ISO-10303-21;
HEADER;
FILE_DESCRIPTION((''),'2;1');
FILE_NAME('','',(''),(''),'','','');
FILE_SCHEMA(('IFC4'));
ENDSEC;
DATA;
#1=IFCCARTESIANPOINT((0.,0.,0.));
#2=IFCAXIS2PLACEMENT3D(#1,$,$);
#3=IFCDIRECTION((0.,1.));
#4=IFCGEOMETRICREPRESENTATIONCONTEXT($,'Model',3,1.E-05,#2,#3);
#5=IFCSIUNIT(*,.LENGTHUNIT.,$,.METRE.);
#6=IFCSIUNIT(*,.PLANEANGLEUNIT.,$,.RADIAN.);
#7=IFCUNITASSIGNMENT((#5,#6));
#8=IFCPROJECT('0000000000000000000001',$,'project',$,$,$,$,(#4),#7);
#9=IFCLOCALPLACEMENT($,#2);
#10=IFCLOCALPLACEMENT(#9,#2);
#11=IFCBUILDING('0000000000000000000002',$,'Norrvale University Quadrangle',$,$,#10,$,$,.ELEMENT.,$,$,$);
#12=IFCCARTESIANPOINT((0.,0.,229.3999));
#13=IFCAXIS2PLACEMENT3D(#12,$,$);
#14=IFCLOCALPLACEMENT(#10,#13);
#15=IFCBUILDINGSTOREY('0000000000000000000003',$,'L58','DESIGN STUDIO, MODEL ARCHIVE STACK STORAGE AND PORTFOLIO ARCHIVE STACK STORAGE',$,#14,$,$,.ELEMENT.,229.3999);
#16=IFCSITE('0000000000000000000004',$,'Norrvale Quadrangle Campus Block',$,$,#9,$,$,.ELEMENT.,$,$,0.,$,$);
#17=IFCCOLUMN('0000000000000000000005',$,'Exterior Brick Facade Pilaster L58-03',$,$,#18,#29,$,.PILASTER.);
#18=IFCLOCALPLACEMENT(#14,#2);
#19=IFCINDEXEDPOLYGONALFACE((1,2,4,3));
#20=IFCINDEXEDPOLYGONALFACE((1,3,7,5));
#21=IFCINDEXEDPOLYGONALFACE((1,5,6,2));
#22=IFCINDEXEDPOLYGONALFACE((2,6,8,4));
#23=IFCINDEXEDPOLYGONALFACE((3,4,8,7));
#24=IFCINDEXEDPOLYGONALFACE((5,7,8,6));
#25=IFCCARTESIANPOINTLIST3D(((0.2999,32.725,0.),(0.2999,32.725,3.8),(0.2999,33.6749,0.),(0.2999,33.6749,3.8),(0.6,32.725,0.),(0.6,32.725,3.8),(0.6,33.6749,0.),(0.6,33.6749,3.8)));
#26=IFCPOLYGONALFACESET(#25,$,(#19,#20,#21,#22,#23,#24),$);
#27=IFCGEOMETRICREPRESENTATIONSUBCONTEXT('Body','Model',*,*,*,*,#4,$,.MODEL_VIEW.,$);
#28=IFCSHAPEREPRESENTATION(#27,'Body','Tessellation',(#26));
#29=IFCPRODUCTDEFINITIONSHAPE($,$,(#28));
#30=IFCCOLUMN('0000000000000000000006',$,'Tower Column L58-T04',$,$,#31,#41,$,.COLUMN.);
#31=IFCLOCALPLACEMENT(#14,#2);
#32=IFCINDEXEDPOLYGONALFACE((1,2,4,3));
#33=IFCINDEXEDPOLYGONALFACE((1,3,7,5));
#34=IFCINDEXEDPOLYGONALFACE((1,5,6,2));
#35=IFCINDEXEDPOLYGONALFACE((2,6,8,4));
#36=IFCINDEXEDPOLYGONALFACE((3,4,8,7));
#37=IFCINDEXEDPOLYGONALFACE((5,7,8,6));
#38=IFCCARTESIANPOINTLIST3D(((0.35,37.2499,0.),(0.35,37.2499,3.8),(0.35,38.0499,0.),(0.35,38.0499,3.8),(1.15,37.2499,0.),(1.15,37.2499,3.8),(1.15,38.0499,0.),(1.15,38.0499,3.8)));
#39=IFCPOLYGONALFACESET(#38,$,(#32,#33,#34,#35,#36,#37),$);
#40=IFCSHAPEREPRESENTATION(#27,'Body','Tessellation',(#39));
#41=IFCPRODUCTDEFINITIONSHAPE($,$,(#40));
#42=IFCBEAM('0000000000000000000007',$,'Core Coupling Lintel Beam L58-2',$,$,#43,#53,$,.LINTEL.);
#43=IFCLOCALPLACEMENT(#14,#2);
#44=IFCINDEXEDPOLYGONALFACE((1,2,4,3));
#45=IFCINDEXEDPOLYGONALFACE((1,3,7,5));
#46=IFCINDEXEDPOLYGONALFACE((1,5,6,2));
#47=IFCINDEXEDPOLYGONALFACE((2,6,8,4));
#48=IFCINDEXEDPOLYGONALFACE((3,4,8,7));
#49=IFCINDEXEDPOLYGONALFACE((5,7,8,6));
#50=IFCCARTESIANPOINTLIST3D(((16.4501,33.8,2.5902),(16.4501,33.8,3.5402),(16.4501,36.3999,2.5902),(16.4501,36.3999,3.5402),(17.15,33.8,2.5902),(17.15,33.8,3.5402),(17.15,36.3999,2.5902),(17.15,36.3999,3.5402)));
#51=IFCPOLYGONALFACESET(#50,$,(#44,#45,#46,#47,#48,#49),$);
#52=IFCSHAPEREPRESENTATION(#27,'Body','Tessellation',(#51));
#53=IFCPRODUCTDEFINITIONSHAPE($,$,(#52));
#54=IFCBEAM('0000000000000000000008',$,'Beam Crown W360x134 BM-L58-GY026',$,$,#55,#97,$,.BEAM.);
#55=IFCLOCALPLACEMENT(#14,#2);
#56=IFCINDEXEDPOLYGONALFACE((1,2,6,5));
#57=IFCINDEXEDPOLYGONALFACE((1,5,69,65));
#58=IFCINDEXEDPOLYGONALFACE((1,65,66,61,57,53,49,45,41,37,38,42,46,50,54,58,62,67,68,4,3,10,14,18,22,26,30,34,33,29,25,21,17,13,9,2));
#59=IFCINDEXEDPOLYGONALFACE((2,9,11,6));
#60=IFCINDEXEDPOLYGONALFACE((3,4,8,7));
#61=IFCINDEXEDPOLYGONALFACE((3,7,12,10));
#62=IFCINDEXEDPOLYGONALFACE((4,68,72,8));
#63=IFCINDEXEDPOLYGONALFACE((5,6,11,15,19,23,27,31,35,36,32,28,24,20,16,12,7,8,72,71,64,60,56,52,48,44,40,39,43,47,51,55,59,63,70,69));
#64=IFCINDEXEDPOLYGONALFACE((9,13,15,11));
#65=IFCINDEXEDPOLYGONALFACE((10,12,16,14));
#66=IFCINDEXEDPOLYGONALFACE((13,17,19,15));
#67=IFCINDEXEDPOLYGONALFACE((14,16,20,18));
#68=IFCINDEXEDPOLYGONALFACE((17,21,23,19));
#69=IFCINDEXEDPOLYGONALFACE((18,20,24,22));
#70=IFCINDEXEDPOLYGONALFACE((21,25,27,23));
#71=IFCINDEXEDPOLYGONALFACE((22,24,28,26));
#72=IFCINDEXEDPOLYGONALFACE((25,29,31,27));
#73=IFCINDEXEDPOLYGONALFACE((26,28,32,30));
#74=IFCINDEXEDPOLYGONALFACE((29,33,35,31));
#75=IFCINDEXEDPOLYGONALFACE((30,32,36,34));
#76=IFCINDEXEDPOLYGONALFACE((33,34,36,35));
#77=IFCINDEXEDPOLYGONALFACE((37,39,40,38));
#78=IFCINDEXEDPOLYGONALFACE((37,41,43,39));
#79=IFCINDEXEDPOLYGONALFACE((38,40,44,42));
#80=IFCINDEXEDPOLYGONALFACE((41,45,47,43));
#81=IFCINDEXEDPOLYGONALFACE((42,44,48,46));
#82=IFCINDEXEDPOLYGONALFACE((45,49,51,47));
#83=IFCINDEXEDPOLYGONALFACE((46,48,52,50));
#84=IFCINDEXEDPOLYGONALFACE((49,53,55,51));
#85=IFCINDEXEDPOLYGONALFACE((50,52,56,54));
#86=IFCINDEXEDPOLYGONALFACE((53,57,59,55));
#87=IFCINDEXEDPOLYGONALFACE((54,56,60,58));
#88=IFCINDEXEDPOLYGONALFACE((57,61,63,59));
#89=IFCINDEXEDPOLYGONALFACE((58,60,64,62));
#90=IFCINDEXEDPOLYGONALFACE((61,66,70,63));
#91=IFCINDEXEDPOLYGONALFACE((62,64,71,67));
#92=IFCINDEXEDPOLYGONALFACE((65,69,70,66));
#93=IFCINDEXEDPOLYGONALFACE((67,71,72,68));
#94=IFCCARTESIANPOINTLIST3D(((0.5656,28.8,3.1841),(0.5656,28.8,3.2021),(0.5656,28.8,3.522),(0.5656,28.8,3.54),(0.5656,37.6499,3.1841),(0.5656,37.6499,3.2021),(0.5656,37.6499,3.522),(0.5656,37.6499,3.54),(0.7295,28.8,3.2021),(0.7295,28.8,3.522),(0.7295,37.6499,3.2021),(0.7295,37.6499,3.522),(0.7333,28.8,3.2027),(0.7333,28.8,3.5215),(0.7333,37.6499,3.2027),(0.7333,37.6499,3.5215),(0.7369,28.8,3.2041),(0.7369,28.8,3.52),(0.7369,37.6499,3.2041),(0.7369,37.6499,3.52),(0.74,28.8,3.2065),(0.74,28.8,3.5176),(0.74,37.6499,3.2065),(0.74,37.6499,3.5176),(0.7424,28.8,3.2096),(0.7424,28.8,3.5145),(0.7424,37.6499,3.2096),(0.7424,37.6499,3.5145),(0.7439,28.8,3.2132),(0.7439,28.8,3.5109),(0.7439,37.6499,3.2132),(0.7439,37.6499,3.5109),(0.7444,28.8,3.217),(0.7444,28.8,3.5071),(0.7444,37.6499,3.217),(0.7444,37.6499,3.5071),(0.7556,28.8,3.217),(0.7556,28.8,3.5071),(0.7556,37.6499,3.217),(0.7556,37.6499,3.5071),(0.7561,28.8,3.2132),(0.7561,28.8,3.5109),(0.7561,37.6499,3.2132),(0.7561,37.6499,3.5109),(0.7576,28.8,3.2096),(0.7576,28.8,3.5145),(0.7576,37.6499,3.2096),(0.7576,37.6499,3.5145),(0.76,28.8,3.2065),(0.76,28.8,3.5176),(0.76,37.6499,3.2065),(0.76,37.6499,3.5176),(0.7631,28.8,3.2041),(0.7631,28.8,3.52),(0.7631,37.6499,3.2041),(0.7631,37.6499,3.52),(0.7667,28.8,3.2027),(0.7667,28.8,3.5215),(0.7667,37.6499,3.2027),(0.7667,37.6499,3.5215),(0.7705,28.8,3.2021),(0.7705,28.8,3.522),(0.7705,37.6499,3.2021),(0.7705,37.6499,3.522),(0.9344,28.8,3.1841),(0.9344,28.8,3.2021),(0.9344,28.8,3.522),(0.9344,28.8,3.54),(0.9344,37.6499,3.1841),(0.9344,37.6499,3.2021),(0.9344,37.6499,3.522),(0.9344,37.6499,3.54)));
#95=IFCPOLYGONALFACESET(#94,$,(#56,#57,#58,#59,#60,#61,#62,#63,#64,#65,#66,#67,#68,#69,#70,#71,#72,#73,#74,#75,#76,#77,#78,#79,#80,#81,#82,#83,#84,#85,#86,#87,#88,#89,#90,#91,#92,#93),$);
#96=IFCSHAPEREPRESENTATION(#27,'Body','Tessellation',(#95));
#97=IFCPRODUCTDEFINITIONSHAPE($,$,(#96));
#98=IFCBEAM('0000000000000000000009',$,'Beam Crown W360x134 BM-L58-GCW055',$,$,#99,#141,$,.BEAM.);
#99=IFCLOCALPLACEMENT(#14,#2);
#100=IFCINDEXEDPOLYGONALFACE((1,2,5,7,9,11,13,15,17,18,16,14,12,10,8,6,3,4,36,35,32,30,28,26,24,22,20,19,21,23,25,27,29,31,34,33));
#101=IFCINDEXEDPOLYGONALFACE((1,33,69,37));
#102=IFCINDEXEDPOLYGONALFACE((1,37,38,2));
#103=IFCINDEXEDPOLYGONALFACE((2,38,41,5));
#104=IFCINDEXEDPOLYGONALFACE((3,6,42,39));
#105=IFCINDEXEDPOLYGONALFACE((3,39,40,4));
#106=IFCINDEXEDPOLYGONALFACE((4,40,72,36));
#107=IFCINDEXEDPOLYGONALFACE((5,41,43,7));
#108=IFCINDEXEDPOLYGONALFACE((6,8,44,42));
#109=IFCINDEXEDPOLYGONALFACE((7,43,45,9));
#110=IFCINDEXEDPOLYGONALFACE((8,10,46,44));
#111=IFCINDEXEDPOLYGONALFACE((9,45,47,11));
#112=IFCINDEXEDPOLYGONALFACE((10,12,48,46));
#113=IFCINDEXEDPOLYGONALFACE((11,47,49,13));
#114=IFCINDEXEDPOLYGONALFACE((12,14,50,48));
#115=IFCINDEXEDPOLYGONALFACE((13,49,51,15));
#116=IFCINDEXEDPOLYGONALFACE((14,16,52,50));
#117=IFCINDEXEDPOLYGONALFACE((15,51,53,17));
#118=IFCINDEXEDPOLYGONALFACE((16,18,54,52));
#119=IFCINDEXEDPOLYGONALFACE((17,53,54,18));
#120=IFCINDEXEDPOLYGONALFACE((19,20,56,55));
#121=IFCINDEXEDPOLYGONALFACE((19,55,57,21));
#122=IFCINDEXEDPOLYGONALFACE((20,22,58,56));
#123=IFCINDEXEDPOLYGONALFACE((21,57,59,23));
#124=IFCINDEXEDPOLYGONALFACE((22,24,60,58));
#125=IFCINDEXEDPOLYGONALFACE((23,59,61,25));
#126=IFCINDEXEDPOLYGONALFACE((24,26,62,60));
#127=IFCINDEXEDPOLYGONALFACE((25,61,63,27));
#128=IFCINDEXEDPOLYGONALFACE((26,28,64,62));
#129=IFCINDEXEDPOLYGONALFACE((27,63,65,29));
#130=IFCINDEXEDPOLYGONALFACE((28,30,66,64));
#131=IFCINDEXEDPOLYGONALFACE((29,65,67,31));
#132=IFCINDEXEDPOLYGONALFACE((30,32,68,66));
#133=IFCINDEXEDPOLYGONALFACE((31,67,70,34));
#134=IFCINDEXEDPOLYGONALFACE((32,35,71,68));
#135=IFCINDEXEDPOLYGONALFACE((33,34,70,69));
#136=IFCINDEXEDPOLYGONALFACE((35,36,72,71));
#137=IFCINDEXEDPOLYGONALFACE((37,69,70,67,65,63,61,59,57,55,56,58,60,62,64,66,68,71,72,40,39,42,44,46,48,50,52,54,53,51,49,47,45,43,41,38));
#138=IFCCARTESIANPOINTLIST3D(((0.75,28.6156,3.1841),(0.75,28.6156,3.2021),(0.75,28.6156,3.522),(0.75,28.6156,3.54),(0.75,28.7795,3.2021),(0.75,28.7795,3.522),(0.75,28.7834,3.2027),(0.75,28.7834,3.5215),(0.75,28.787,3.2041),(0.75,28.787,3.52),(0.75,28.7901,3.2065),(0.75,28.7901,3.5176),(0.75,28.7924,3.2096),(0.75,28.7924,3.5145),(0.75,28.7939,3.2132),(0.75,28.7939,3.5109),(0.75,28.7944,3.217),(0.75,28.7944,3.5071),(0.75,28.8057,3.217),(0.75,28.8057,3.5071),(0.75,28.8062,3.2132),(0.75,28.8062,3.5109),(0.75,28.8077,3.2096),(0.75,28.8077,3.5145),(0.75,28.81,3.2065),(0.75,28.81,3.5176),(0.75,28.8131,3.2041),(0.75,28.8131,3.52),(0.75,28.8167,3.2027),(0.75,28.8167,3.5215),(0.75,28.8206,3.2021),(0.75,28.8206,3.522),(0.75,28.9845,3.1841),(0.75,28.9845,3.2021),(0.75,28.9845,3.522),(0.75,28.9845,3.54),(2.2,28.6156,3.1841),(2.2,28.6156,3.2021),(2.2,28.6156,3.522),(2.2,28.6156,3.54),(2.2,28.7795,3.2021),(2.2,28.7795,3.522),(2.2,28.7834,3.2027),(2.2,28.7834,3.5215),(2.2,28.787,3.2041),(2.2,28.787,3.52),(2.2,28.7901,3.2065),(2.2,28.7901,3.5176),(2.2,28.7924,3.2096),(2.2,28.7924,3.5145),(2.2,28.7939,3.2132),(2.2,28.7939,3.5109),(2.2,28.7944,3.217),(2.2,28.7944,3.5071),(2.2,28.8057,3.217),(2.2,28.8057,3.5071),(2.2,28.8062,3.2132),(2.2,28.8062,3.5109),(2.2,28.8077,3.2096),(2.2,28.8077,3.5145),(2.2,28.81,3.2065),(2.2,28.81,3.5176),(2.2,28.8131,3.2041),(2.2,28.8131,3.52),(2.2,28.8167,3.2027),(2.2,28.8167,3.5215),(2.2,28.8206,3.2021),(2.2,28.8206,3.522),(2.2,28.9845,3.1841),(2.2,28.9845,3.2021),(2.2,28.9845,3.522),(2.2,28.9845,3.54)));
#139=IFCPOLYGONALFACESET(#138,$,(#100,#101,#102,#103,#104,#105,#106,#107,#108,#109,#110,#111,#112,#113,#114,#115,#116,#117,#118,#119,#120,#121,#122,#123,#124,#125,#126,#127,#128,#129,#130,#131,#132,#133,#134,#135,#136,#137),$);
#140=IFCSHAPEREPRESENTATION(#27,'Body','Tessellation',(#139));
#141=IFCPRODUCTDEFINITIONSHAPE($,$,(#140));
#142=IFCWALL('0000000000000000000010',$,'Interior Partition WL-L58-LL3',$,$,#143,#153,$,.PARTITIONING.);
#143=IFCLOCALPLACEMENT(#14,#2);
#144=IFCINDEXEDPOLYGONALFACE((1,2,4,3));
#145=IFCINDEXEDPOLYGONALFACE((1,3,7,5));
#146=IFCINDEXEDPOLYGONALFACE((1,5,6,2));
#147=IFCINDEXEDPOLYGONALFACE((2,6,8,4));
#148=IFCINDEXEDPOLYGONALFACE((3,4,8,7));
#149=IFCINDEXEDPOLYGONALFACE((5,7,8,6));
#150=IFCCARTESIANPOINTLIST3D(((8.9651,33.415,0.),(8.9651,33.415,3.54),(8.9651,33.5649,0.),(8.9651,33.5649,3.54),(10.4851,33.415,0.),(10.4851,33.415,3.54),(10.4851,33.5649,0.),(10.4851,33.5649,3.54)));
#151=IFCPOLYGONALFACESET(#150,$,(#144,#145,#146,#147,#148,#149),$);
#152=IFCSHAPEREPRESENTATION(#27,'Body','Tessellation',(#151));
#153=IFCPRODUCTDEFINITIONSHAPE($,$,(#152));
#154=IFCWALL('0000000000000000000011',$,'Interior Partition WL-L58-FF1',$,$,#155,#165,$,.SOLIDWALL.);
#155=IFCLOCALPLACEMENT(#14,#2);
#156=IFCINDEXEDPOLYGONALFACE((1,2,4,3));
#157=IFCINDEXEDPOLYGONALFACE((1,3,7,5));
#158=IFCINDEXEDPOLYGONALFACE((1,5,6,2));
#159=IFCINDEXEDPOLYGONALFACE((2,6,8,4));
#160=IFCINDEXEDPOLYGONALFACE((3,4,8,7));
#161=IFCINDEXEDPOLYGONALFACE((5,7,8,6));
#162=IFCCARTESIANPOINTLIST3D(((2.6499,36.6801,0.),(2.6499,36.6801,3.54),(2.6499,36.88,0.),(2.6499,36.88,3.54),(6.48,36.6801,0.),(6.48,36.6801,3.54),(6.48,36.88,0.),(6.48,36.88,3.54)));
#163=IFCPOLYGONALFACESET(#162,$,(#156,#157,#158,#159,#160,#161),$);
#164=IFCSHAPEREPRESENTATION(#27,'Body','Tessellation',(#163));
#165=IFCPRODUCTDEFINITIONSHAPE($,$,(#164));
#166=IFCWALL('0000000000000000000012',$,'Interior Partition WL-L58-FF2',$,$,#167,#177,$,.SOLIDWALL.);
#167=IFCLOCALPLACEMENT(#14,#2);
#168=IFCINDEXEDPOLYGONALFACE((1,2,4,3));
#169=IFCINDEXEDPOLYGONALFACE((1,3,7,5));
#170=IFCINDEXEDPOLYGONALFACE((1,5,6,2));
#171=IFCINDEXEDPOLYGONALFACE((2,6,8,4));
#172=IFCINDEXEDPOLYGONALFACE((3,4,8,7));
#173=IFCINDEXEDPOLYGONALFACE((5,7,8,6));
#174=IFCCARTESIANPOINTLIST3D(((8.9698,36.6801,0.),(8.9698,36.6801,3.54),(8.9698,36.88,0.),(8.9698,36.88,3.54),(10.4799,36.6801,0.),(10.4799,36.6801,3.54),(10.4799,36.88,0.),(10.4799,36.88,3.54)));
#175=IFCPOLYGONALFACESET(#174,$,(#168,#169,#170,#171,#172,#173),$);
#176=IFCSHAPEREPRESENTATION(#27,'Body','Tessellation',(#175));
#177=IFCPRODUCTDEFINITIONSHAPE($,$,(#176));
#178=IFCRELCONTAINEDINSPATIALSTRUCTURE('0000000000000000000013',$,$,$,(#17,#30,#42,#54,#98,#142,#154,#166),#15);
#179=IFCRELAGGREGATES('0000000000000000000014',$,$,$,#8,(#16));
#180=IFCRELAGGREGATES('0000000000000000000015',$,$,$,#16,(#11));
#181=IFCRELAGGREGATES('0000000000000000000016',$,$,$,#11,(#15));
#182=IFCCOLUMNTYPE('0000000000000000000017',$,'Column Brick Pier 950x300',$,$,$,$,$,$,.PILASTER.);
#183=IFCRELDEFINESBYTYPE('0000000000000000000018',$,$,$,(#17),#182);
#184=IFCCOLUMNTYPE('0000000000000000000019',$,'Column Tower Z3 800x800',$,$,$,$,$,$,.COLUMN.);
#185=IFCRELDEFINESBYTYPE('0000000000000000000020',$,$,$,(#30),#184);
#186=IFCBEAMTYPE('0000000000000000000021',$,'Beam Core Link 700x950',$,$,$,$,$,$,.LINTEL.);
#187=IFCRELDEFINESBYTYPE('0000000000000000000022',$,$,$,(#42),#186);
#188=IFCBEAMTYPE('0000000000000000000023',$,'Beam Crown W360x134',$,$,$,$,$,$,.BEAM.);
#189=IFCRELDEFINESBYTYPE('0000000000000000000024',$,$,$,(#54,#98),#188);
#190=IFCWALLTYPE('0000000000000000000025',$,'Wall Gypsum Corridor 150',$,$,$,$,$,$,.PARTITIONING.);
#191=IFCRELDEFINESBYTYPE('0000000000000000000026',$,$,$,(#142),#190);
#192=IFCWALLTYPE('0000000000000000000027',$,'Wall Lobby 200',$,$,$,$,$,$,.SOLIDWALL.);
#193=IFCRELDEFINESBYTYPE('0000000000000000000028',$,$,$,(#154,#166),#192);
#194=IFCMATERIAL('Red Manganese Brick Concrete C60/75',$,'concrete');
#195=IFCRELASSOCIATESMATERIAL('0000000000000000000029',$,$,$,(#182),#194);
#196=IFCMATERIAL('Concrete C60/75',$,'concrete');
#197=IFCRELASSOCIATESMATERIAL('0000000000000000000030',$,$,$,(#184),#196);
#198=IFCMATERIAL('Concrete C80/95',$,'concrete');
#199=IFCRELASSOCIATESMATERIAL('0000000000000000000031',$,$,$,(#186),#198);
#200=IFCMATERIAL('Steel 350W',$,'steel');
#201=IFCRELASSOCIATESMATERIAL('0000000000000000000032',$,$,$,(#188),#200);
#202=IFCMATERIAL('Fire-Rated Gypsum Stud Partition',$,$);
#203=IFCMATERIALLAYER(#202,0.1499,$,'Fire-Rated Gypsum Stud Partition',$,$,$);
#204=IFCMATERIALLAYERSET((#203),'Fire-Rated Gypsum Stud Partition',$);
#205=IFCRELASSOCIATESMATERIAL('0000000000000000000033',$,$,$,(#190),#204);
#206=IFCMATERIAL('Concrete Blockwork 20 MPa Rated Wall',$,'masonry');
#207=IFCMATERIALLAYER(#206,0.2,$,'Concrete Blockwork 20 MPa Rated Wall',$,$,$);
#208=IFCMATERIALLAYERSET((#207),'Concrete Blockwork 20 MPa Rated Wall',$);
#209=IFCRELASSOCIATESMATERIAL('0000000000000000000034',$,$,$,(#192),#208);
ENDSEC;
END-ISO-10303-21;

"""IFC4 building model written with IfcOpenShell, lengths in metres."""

from ifc_helpers import new_model, si_unit, direction, frame, frame_2d, origin, origin_2d, place, context, subcontext, project, spatial, rectangle, i_section, extrude, material, layer, layer_set, material_profile, profile_set, type_object, element, save


model = new_model("IFC4")

# Units and contexts
model_context = context("Model", 3, precision=1e-05, world=origin(), true_north=direction((0.0, 1.0)))
body_context = subcontext(model_context, "Body", "Model", "MODEL_VIEW")
ifc_project = project(units=[si_unit("LENGTHUNIT", "METRE"), si_unit("PLANEANGLEUNIT", "RADIAN")], contexts=[model_context])

# Site, building, storey
site_placement = place(None, origin())
site = spatial("IfcSite", under=ifc_project, at=site_placement, Name="Norrvale Quadrangle Campus Block", CompositionType="ELEMENT", RefElevation=0.0)
building_placement = place(site_placement, origin())
building = spatial("IfcBuilding", under=site, at=building_placement, Name="Norrvale University Quadrangle", CompositionType="ELEMENT")
storey_placement = place(building_placement, frame((0.0, 0.0, 229.3999)))
storey = spatial("IfcBuildingStorey", under=building, at=storey_placement, Name="L58", Description="DESIGN STUDIO, MODEL ARCHIVE STACK STORAGE AND PORTFOLIO ARCHIVE STACK STORAGE", CompositionType="ELEMENT", Elevation=229.3999)

# Columns
ifc_material_1 = material(Name="Red Manganese Brick Concrete C60/75", Category="concrete")
ifc_material_profile_1 = material_profile(ifc_material_1, rectangle(XDim=0.95, YDim=0.3, at=origin_2d()), Name="Red Manganese Brick Concrete C60/75")
ifc_profile_set_1 = profile_set([ifc_material_profile_1], Name="Red Manganese Brick Concrete C60/75")
column_type_1 = type_object("IfcColumnType", Name="Column Brick Pier 950x300", PredefinedType="PILASTER", material=ifc_profile_set_1)
column_1_placement = place(storey_placement, frame((0.45, 33.2, 0.0), z_axis=(0.0, 0.0, 1.0), x_axis=(0.0, 1.0, 0.0)))
element("IfcColumn", 1, at=column_1_placement, inside=storey, type_object=column_type_1, Name="Exterior Brick Facade Pilaster L58-03", PredefinedType="PILASTER", context=body_context, shape_type="SweptSolid", body=[
    extrude(rectangle(XDim=0.95, YDim=0.3, at=origin_2d()), origin(), (0.0, 0.0, 1.0), 3.8),
])
ifc_material_2 = material(Name="Concrete C60/75", Category="concrete")
ifc_material_profile_2 = material_profile(ifc_material_2, rectangle(XDim=0.8, YDim=0.8, at=origin_2d()), Name="Concrete C60/75")
ifc_profile_set_2 = profile_set([ifc_material_profile_2], Name="Concrete C60/75")
column_type_2 = type_object("IfcColumnType", Name="Column Tower Z3 800x800", PredefinedType="COLUMN", material=ifc_profile_set_2)
column_2_placement = place(storey_placement, frame((0.75, 37.6499, 0.0), z_axis=(0.0, 0.0, 1.0), x_axis=(1.0, 0.0, 0.0)))
element("IfcColumn", 2, at=column_2_placement, inside=storey, type_object=column_type_2, Name="Tower Column L58-T04", PredefinedType="COLUMN", context=body_context, shape_type="SweptSolid", body=[
    extrude(rectangle(XDim=0.8, YDim=0.8, at=origin_2d()), origin(), (0.0, 0.0, 1.0), 3.8),
])

# Beams
ifc_material_3 = material(Name="Concrete C80/95", Category="concrete")
ifc_material_profile_3 = material_profile(ifc_material_3, rectangle(XDim=0.7, YDim=0.95, at=origin_2d()), Name="Concrete C80/95")
ifc_profile_set_3 = profile_set([ifc_material_profile_3], Name="Concrete C80/95")
beam_type_1 = type_object("IfcBeamType", Name="Beam Core Link 700x950", PredefinedType="LINTEL", material=ifc_profile_set_3)
beam_1_placement = place(storey_placement, frame((16.8, 33.8, 3.0652), z_axis=(0.0, 1.0, 0.0), x_axis=(-1.0, 0.0, 0.0)))
element("IfcBeam", 3, at=beam_1_placement, inside=storey, type_object=beam_type_1, Name="Core Coupling Lintel Beam L58-2", PredefinedType="LINTEL", context=body_context, shape_type="SweptSolid", body=[
    extrude(rectangle(XDim=0.7, YDim=0.95, at=origin_2d()), origin(), (0.0, 0.0, 1.0), 2.5999),
])
ifc_material_4 = material(Name="Steel 350W", Category="steel")
ifc_material_profile_4 = material_profile(ifc_material_4, i_section(OverallWidth=0.3689, OverallDepth=0.356, WebThickness=0.0112, FlangeThickness=0.0181, FilletRadius=0.0149, at=origin_2d()), Name="Steel 350W")
ifc_profile_set_4 = profile_set([ifc_material_profile_4], Name="Steel 350W")
beam_type_2 = type_object("IfcBeamType", Name="Beam Crown W360x134", PredefinedType="BEAM", material=ifc_profile_set_4)
beam_2_placement = place(storey_placement, frame((0.75, 28.8, 3.3621), z_axis=(0.0, 1.0, 0.0), x_axis=(-1.0, 0.0, 0.0)))
element("IfcBeam", 4, at=beam_2_placement, inside=storey, type_object=beam_type_2, Name="Beam Crown W360x134 BM-L58-GY026", PredefinedType="BEAM", context=body_context, shape_type="SweptSolid", body=[
    extrude(i_section(OverallWidth=0.3689, OverallDepth=0.356, WebThickness=0.0112, FlangeThickness=0.0181, FilletRadius=0.0149, at=origin_2d()), origin(), (0.0, 0.0, 1.0), 8.8499),
])
beam_3_placement = place(storey_placement, frame((0.75, 28.8, 3.3621), z_axis=(1.0, 0.0, 0.0), x_axis=(0.0, 1.0, 0.0)))
element("IfcBeam", 5, at=beam_3_placement, inside=storey, type_object=beam_type_2, Name="Beam Crown W360x134 BM-L58-GCW055", PredefinedType="BEAM", context=body_context, shape_type="SweptSolid", body=[
    extrude(i_section(OverallWidth=0.3689, OverallDepth=0.356, WebThickness=0.0112, FlangeThickness=0.0181, FilletRadius=0.0149, at=origin_2d()), origin(), (0.0, 0.0, 1.0), 1.45),
])

# Walls
ifc_material_5 = material(Name="Fire-Rated Gypsum Stud Partition")
ifc_layer_1 = layer(ifc_material_5, 0.1499, Name="Fire-Rated Gypsum Stud Partition")
ifc_layer_set_1 = layer_set([ifc_layer_1], Name="Fire-Rated Gypsum Stud Partition")
wall_type_1 = type_object("IfcWallType", Name="Wall Gypsum Corridor 150", PredefinedType="PARTITIONING", material=ifc_layer_set_1)
wall_1_placement = place(storey_placement, frame((8.9651, 33.49, 0.0), z_axis=(0.0, 0.0, 1.0), x_axis=(1.0, 0.0, 0.0)))
element("IfcWall", 6, at=wall_1_placement, inside=storey, type_object=wall_type_1, Name="Interior Partition WL-L58-LL3", PredefinedType="PARTITIONING", context=body_context, shape_type="SweptSolid", body=[
    extrude(rectangle(XDim=1.52, YDim=0.1499, at=frame_2d((0.76, 0.0))), origin(), (0.0, 0.0, 1.0), 3.54),
])
ifc_material_6 = material(Name="Concrete Blockwork 20 MPa Rated Wall", Category="masonry")
ifc_layer_2 = layer(ifc_material_6, 0.2, Name="Concrete Blockwork 20 MPa Rated Wall")
ifc_layer_set_2 = layer_set([ifc_layer_2], Name="Concrete Blockwork 20 MPa Rated Wall")
wall_type_2 = type_object("IfcWallType", Name="Wall Lobby 200", PredefinedType="SOLIDWALL", material=ifc_layer_set_2)
wall_2_placement = place(storey_placement, frame((2.6499, 36.78, 0.0), z_axis=(0.0, 0.0, 1.0), x_axis=(1.0, 0.0, 0.0)))
element("IfcWall", 7, at=wall_2_placement, inside=storey, type_object=wall_type_2, Name="Interior Partition WL-L58-FF1", PredefinedType="SOLIDWALL", context=body_context, shape_type="SweptSolid", body=[
    extrude(rectangle(XDim=3.8301, YDim=0.2, at=frame_2d((1.915, 0.0))), origin(), (0.0, 0.0, 1.0), 3.54),
])
wall_3_placement = place(storey_placement, frame((8.97, 36.78, 0.0), z_axis=(0.0, 0.0, 1.0), x_axis=(1.0, 0.0, 0.0)))
element("IfcWall", 8, at=wall_3_placement, inside=storey, type_object=wall_type_2, Name="Interior Partition WL-L58-FF2", PredefinedType="SOLIDWALL", context=body_context, shape_type="SweptSolid", body=[
    extrude(rectangle(XDim=1.51, YDim=0.2, at=frame_2d((0.7549, 0.0))), origin(), (0.0, 0.0, 1.0), 3.54),
])

save(model, "model.ifc")
